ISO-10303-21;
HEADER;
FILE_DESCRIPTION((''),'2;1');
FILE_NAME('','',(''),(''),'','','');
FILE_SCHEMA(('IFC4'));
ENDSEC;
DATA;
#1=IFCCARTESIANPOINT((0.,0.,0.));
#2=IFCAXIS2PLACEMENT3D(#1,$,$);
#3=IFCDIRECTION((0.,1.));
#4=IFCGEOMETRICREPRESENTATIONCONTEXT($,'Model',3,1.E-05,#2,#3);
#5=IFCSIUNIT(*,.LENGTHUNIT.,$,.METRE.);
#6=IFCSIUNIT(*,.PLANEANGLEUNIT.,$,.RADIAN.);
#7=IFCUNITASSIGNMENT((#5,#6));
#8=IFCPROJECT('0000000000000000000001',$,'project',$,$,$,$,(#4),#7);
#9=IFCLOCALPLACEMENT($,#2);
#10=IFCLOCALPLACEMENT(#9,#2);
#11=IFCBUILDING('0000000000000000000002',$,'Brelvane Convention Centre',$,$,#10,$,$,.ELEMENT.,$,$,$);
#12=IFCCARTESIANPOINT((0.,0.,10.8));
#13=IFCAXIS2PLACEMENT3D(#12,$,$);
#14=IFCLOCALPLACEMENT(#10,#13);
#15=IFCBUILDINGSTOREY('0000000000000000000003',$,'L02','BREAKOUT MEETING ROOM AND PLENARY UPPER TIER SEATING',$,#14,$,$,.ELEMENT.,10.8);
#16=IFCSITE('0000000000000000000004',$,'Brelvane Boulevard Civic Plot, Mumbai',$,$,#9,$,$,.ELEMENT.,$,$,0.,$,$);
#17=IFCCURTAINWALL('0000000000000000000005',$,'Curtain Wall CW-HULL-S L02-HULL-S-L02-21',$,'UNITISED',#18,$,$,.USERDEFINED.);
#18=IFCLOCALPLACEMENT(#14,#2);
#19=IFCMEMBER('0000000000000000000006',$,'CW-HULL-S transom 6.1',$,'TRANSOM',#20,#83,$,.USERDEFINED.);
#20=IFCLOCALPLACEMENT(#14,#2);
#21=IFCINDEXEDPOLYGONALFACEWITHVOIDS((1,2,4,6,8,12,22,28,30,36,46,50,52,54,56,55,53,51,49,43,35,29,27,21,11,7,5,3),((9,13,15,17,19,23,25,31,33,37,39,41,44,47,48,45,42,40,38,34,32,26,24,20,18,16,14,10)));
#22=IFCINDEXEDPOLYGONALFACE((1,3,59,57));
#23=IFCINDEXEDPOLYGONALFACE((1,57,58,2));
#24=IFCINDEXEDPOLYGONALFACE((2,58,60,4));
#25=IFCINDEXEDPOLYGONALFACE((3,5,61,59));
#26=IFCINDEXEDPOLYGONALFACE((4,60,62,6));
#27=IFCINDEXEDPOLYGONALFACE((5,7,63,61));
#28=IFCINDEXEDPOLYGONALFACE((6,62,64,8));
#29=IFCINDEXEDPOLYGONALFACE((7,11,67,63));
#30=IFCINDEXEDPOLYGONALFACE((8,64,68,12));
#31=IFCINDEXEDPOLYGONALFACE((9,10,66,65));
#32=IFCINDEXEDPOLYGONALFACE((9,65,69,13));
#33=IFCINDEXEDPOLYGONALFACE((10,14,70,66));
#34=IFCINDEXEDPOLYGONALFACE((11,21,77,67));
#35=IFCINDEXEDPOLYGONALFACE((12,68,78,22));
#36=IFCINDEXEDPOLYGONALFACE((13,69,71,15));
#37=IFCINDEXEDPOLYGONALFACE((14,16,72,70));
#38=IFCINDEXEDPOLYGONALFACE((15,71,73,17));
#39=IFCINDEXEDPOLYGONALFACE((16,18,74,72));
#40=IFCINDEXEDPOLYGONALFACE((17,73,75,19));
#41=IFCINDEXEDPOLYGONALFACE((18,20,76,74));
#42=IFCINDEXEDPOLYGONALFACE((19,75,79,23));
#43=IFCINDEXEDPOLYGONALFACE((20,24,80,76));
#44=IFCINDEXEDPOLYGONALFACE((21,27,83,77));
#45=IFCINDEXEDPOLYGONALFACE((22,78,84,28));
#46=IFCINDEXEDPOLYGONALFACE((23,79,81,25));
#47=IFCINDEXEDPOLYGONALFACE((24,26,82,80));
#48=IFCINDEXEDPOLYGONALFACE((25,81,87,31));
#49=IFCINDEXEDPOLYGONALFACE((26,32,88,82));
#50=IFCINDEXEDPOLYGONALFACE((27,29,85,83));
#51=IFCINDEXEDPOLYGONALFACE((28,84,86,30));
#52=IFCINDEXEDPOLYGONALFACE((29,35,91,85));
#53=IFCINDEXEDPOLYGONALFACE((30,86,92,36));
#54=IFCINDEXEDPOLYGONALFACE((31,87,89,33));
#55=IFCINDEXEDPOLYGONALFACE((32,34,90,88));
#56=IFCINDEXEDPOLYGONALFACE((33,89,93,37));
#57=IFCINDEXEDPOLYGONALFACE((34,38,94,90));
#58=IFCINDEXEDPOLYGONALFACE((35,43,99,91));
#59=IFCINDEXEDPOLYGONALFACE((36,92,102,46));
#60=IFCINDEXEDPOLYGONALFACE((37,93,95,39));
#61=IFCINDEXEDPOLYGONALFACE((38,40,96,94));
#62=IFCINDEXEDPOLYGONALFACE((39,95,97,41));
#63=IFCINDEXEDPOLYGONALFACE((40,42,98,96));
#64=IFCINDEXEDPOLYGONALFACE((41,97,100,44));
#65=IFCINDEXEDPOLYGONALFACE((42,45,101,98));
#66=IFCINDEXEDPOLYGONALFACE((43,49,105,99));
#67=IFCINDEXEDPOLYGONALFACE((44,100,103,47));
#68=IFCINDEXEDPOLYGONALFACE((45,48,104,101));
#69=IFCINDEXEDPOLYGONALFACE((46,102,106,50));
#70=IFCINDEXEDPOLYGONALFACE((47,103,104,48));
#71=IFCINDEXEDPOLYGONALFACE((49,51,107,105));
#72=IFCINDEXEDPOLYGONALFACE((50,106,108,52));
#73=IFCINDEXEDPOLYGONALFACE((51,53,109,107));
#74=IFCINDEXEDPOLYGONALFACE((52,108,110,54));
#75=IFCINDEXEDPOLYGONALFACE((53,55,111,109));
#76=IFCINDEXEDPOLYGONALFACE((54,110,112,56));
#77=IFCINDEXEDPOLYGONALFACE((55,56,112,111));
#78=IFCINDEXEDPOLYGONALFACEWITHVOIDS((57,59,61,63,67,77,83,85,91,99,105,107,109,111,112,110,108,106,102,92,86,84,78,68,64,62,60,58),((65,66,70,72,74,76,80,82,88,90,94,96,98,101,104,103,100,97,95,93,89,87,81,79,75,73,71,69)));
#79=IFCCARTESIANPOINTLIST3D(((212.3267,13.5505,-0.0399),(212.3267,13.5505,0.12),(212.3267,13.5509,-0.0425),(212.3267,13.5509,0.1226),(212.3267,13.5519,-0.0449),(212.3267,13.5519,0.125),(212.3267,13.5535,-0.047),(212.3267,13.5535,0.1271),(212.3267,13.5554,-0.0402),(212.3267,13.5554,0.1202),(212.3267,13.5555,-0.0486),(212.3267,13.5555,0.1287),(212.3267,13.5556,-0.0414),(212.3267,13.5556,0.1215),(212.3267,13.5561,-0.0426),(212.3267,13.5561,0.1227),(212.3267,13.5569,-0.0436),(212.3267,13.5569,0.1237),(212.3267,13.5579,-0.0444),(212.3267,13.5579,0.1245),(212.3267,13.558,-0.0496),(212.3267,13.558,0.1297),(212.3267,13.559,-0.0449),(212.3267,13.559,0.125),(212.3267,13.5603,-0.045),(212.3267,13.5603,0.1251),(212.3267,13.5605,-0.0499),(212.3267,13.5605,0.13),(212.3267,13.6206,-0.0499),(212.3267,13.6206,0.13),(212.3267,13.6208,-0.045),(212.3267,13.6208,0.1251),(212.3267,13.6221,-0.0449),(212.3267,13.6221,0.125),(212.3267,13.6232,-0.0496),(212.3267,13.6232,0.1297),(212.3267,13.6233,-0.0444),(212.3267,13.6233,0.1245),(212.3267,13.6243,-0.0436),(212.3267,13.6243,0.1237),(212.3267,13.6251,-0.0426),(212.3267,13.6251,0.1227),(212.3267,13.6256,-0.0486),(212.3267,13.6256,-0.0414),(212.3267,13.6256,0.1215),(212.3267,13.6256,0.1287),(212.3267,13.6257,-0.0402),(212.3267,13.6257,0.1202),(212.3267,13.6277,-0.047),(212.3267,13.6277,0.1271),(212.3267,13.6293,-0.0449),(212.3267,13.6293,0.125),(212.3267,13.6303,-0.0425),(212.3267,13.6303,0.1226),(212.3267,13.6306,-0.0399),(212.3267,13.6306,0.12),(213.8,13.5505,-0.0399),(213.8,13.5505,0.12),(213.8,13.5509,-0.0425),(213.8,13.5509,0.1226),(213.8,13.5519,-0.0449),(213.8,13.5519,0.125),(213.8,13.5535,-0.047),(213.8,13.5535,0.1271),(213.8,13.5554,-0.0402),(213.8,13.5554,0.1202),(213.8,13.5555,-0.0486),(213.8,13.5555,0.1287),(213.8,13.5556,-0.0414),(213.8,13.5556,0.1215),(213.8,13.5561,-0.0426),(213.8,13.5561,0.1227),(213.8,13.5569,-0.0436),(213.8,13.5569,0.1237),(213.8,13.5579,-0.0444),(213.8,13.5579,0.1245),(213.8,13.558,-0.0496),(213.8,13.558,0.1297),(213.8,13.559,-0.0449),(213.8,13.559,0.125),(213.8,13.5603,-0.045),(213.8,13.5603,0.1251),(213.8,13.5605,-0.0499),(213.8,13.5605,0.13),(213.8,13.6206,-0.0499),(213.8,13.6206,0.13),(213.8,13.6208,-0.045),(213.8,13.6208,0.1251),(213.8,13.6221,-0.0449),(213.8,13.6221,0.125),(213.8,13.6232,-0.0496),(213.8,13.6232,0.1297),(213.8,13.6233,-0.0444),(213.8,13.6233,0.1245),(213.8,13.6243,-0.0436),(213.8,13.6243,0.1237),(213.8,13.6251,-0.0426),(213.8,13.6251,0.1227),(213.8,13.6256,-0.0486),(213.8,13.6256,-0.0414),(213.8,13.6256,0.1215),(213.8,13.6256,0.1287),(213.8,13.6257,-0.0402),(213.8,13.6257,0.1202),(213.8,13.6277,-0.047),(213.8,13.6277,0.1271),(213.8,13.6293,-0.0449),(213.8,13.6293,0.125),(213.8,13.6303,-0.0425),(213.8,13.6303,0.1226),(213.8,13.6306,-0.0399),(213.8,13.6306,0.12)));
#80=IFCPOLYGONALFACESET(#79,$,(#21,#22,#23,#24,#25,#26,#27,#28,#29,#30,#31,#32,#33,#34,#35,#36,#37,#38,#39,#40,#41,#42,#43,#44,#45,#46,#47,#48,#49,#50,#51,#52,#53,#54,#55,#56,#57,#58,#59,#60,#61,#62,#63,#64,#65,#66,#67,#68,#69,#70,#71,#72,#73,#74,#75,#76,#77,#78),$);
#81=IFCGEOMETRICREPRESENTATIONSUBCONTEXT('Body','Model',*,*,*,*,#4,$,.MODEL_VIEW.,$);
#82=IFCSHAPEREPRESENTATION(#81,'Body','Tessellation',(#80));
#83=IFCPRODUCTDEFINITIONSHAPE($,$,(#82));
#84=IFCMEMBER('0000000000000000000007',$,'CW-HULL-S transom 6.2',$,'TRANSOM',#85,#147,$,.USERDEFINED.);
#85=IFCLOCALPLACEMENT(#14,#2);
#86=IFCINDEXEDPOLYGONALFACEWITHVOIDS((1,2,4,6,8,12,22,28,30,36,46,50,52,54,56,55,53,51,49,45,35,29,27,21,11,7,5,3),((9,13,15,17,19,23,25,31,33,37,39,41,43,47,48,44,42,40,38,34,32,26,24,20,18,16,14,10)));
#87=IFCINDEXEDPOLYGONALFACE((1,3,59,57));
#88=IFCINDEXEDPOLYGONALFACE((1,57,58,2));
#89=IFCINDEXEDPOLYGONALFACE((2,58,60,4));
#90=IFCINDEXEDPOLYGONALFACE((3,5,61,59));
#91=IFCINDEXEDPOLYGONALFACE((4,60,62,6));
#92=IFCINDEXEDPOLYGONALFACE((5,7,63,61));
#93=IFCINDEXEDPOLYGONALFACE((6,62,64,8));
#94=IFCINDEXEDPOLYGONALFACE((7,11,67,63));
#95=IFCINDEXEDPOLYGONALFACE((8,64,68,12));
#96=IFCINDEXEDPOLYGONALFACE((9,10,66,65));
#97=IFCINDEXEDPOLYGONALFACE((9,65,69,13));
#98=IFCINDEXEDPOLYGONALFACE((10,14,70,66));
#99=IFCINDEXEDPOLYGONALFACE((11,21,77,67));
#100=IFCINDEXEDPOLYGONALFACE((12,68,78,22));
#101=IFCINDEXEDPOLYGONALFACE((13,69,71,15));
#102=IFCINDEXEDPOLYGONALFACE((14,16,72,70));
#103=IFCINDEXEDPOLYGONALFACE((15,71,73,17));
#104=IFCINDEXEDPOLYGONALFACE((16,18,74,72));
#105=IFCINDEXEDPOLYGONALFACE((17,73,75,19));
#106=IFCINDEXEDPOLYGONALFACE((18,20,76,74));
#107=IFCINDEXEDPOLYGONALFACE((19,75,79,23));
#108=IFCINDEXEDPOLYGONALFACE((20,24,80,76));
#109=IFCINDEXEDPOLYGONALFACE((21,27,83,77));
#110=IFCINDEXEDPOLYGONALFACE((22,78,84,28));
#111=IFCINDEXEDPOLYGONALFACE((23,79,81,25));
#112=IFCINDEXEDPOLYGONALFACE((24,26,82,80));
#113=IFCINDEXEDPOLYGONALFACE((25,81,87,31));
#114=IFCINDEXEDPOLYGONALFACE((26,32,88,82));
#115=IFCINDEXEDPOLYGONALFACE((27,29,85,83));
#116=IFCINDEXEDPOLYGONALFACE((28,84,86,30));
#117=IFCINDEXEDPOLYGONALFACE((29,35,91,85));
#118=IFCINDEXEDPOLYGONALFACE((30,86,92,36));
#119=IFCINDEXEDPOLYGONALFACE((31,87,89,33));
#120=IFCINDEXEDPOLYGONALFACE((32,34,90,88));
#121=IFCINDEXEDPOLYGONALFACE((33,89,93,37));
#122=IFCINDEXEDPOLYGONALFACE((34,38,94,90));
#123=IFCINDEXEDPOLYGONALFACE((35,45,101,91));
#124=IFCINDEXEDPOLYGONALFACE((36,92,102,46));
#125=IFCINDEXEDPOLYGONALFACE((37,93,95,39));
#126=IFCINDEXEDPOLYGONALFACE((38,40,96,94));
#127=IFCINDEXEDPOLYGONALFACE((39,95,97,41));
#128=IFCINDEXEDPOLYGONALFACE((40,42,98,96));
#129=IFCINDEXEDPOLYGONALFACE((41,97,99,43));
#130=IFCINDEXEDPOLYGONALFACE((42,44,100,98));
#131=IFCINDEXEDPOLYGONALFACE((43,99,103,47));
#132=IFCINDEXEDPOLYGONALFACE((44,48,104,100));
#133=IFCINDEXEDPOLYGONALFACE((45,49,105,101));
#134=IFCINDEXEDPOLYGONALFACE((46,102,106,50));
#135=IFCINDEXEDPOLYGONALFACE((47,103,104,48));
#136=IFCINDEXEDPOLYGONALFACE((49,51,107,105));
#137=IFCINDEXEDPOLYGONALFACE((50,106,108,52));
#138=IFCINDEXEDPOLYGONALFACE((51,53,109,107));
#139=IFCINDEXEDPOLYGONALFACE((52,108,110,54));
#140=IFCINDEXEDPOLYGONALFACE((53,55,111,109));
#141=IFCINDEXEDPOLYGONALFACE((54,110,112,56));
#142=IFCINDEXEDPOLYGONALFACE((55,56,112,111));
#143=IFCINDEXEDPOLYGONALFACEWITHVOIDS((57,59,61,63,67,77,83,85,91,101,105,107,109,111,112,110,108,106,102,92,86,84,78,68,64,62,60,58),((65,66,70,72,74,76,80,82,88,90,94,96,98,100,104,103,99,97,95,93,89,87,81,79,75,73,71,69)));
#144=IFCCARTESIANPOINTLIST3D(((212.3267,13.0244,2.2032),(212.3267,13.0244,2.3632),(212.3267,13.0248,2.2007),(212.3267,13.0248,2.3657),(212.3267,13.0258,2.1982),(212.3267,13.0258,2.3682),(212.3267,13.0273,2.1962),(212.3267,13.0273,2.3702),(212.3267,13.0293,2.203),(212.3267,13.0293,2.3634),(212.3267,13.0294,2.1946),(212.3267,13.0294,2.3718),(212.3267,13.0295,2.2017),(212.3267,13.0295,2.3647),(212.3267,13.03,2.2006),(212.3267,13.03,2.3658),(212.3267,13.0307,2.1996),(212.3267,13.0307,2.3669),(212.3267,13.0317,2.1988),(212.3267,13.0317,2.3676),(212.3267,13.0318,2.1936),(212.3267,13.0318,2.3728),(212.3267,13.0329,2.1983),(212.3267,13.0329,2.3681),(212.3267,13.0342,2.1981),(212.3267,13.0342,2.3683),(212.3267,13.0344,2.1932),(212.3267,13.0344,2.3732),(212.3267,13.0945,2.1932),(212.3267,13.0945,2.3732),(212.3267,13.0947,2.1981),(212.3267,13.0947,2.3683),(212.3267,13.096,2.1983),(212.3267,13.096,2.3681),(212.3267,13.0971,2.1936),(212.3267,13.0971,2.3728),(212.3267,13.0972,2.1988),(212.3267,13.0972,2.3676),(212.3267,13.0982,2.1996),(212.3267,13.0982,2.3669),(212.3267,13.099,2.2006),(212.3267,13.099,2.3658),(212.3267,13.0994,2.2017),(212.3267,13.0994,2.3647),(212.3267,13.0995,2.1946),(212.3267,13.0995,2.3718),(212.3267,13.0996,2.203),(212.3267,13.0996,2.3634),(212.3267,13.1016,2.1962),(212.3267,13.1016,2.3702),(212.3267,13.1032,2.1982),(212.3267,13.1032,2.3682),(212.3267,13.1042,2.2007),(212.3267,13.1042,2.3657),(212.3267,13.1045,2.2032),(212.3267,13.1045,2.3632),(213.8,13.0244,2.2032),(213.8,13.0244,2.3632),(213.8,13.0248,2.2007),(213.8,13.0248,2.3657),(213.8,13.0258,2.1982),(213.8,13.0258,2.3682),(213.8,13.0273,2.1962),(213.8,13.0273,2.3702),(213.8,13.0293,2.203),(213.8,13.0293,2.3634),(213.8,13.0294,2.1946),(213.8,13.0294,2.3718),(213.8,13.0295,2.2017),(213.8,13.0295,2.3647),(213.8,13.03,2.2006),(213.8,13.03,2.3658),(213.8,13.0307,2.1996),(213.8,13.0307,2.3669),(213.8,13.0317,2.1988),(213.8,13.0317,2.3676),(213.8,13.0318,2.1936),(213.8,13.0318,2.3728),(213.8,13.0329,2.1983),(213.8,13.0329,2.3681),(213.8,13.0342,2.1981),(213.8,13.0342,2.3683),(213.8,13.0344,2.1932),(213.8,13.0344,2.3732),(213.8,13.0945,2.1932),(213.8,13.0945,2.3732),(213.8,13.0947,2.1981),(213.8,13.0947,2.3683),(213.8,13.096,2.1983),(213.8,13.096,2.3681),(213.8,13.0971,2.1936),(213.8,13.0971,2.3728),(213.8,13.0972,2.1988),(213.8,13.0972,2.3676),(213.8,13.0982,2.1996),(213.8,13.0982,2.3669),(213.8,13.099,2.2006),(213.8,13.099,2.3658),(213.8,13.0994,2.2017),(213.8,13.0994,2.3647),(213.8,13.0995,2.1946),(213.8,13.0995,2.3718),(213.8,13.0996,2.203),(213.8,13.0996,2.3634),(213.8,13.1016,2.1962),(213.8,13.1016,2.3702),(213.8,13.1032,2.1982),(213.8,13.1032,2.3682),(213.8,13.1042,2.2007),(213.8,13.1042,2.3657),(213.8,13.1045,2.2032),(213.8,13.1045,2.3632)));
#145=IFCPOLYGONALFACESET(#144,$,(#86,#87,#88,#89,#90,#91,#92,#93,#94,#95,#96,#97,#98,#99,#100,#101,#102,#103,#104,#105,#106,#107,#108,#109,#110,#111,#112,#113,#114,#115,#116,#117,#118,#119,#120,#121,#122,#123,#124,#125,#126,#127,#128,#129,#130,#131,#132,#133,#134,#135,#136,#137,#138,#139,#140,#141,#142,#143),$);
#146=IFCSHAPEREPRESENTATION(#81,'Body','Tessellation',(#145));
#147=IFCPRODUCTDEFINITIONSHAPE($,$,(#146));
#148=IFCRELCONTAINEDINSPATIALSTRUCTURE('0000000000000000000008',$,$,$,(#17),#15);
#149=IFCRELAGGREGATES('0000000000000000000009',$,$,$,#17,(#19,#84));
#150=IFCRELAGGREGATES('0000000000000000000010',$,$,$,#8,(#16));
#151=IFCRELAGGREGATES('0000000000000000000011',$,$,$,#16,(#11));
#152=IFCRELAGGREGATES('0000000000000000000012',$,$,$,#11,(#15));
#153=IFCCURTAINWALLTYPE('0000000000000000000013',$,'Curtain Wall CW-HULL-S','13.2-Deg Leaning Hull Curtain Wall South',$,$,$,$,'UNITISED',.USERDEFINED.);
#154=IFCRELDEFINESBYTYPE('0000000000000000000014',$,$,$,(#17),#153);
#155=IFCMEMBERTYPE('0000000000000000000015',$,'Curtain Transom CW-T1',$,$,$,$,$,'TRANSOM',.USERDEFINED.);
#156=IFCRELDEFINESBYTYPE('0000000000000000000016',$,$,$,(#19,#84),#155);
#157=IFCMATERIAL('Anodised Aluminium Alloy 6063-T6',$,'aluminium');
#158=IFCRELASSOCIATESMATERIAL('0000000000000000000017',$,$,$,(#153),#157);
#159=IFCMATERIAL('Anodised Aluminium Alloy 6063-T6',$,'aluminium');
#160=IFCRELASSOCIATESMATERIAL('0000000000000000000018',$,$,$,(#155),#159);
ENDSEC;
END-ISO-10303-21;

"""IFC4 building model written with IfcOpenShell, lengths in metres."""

from ifc_helpers import new_model, si_unit, direction, frame, origin, origin_2d, place, context, subcontext, project, spatial, hollow_rectangle, extrude, material, material_profile, profile_set, type_object, element, aggregate, save


model = new_model("IFC4")

# Units and contexts
model_context = context("Model", 3, precision=1e-05, world=origin(), true_north=direction((0.0, 1.0)))
body_context = subcontext(model_context, "Body", "Model", "MODEL_VIEW")
ifc_project = project(units=[si_unit("LENGTHUNIT", "METRE"), si_unit("PLANEANGLEUNIT", "RADIAN")], contexts=[model_context])

# Site, building, storey
site_placement = place(None, origin())
site = spatial("IfcSite", under=ifc_project, at=site_placement, Name="Brelvane Boulevard Civic Plot, Mumbai", CompositionType="ELEMENT", RefElevation=0.0)
building_placement = place(site_placement, origin())
building = spatial("IfcBuilding", under=site, at=building_placement, Name="Brelvane Convention Centre", CompositionType="ELEMENT")
storey_placement = place(building_placement, frame((0.0, 0.0, 10.8)))
storey = spatial("IfcBuildingStorey", under=building, at=storey_placement, Name="L02", Description="BREAKOUT MEETING ROOM AND PLENARY UPPER TIER SEATING", CompositionType="ELEMENT", Elevation=10.8)

# Curtain wall, members
ifc_material_1 = material(Name="Anodised Aluminium Alloy 6063-T6", Category="aluminium")
curtain_wall_type = type_object("IfcCurtainWallType", Name="Curtain Wall CW-HULL-S", Description="13.2-Deg Leaning Hull Curtain Wall South", ElementType="UNITISED", PredefinedType="USERDEFINED", material=ifc_material_1)
curtain_wall_placement = place(storey_placement, origin())
curtain_wall = element("IfcCurtainWall", 1, at=curtain_wall_placement, inside=storey, type_object=curtain_wall_type, Name="Curtain Wall CW-HULL-S L02-HULL-S-L02-21", ObjectType="UNITISED", PredefinedType="USERDEFINED")
ifc_material_2 = material(Name="Anodised Aluminium Alloy 6063-T6", Category="aluminium")
ifc_material_profile_1 = material_profile(ifc_material_2, hollow_rectangle(XDim=0.0801, YDim=0.1799, WallThickness=0.0049, InnerFilletRadius=0.0049, OuterFilletRadius=0.01, at=origin_2d()), Name="ALU-T 180x80x5.0")
ifc_profile_set_1 = profile_set([ifc_material_profile_1], Name="Anodised Aluminium Alloy 6063-T6")
member_type_1 = type_object("IfcMemberType", Name="Curtain Transom CW-T1", ElementType="TRANSOM", PredefinedType="USERDEFINED", material=ifc_profile_set_1)
member_1_placement = place(storey_placement, frame((212.3267, 13.5906, 0.04), z_axis=(1.0, 0.0, 0.0), x_axis=(0.0, 1.0, 0.0)))
member_1 = element("IfcMember", 2, at=member_1_placement, type_object=member_type_1, Name="CW-HULL-S transom 6.1", ObjectType="TRANSOM", PredefinedType="USERDEFINED", context=body_context, shape_type="SweptSolid", body=[
    extrude(hollow_rectangle(XDim=0.0801, YDim=0.1799, WallThickness=0.0049, InnerFilletRadius=0.0049, OuterFilletRadius=0.01, at=origin_2d()), origin(), (0.0, 0.0, 1.0), 1.4734),
])
member_2_placement = place(storey_placement, frame((212.3267, 13.0645, 2.2832), z_axis=(1.0, 0.0, 0.0), x_axis=(0.0, 1.0, 0.0)))
member_2 = element("IfcMember", 3, at=member_2_placement, type_object=member_type_1, Name="CW-HULL-S transom 6.2", ObjectType="TRANSOM", PredefinedType="USERDEFINED", context=body_context, shape_type="SweptSolid", body=[
    extrude(hollow_rectangle(XDim=0.0801, YDim=0.1799, WallThickness=0.0049, InnerFilletRadius=0.0049, OuterFilletRadius=0.01, at=origin_2d()), origin(), (0.0, 0.0, 1.0), 1.4734),
])

aggregate(curtain_wall, [member_1, member_2])

save(model, "model.ifc")
